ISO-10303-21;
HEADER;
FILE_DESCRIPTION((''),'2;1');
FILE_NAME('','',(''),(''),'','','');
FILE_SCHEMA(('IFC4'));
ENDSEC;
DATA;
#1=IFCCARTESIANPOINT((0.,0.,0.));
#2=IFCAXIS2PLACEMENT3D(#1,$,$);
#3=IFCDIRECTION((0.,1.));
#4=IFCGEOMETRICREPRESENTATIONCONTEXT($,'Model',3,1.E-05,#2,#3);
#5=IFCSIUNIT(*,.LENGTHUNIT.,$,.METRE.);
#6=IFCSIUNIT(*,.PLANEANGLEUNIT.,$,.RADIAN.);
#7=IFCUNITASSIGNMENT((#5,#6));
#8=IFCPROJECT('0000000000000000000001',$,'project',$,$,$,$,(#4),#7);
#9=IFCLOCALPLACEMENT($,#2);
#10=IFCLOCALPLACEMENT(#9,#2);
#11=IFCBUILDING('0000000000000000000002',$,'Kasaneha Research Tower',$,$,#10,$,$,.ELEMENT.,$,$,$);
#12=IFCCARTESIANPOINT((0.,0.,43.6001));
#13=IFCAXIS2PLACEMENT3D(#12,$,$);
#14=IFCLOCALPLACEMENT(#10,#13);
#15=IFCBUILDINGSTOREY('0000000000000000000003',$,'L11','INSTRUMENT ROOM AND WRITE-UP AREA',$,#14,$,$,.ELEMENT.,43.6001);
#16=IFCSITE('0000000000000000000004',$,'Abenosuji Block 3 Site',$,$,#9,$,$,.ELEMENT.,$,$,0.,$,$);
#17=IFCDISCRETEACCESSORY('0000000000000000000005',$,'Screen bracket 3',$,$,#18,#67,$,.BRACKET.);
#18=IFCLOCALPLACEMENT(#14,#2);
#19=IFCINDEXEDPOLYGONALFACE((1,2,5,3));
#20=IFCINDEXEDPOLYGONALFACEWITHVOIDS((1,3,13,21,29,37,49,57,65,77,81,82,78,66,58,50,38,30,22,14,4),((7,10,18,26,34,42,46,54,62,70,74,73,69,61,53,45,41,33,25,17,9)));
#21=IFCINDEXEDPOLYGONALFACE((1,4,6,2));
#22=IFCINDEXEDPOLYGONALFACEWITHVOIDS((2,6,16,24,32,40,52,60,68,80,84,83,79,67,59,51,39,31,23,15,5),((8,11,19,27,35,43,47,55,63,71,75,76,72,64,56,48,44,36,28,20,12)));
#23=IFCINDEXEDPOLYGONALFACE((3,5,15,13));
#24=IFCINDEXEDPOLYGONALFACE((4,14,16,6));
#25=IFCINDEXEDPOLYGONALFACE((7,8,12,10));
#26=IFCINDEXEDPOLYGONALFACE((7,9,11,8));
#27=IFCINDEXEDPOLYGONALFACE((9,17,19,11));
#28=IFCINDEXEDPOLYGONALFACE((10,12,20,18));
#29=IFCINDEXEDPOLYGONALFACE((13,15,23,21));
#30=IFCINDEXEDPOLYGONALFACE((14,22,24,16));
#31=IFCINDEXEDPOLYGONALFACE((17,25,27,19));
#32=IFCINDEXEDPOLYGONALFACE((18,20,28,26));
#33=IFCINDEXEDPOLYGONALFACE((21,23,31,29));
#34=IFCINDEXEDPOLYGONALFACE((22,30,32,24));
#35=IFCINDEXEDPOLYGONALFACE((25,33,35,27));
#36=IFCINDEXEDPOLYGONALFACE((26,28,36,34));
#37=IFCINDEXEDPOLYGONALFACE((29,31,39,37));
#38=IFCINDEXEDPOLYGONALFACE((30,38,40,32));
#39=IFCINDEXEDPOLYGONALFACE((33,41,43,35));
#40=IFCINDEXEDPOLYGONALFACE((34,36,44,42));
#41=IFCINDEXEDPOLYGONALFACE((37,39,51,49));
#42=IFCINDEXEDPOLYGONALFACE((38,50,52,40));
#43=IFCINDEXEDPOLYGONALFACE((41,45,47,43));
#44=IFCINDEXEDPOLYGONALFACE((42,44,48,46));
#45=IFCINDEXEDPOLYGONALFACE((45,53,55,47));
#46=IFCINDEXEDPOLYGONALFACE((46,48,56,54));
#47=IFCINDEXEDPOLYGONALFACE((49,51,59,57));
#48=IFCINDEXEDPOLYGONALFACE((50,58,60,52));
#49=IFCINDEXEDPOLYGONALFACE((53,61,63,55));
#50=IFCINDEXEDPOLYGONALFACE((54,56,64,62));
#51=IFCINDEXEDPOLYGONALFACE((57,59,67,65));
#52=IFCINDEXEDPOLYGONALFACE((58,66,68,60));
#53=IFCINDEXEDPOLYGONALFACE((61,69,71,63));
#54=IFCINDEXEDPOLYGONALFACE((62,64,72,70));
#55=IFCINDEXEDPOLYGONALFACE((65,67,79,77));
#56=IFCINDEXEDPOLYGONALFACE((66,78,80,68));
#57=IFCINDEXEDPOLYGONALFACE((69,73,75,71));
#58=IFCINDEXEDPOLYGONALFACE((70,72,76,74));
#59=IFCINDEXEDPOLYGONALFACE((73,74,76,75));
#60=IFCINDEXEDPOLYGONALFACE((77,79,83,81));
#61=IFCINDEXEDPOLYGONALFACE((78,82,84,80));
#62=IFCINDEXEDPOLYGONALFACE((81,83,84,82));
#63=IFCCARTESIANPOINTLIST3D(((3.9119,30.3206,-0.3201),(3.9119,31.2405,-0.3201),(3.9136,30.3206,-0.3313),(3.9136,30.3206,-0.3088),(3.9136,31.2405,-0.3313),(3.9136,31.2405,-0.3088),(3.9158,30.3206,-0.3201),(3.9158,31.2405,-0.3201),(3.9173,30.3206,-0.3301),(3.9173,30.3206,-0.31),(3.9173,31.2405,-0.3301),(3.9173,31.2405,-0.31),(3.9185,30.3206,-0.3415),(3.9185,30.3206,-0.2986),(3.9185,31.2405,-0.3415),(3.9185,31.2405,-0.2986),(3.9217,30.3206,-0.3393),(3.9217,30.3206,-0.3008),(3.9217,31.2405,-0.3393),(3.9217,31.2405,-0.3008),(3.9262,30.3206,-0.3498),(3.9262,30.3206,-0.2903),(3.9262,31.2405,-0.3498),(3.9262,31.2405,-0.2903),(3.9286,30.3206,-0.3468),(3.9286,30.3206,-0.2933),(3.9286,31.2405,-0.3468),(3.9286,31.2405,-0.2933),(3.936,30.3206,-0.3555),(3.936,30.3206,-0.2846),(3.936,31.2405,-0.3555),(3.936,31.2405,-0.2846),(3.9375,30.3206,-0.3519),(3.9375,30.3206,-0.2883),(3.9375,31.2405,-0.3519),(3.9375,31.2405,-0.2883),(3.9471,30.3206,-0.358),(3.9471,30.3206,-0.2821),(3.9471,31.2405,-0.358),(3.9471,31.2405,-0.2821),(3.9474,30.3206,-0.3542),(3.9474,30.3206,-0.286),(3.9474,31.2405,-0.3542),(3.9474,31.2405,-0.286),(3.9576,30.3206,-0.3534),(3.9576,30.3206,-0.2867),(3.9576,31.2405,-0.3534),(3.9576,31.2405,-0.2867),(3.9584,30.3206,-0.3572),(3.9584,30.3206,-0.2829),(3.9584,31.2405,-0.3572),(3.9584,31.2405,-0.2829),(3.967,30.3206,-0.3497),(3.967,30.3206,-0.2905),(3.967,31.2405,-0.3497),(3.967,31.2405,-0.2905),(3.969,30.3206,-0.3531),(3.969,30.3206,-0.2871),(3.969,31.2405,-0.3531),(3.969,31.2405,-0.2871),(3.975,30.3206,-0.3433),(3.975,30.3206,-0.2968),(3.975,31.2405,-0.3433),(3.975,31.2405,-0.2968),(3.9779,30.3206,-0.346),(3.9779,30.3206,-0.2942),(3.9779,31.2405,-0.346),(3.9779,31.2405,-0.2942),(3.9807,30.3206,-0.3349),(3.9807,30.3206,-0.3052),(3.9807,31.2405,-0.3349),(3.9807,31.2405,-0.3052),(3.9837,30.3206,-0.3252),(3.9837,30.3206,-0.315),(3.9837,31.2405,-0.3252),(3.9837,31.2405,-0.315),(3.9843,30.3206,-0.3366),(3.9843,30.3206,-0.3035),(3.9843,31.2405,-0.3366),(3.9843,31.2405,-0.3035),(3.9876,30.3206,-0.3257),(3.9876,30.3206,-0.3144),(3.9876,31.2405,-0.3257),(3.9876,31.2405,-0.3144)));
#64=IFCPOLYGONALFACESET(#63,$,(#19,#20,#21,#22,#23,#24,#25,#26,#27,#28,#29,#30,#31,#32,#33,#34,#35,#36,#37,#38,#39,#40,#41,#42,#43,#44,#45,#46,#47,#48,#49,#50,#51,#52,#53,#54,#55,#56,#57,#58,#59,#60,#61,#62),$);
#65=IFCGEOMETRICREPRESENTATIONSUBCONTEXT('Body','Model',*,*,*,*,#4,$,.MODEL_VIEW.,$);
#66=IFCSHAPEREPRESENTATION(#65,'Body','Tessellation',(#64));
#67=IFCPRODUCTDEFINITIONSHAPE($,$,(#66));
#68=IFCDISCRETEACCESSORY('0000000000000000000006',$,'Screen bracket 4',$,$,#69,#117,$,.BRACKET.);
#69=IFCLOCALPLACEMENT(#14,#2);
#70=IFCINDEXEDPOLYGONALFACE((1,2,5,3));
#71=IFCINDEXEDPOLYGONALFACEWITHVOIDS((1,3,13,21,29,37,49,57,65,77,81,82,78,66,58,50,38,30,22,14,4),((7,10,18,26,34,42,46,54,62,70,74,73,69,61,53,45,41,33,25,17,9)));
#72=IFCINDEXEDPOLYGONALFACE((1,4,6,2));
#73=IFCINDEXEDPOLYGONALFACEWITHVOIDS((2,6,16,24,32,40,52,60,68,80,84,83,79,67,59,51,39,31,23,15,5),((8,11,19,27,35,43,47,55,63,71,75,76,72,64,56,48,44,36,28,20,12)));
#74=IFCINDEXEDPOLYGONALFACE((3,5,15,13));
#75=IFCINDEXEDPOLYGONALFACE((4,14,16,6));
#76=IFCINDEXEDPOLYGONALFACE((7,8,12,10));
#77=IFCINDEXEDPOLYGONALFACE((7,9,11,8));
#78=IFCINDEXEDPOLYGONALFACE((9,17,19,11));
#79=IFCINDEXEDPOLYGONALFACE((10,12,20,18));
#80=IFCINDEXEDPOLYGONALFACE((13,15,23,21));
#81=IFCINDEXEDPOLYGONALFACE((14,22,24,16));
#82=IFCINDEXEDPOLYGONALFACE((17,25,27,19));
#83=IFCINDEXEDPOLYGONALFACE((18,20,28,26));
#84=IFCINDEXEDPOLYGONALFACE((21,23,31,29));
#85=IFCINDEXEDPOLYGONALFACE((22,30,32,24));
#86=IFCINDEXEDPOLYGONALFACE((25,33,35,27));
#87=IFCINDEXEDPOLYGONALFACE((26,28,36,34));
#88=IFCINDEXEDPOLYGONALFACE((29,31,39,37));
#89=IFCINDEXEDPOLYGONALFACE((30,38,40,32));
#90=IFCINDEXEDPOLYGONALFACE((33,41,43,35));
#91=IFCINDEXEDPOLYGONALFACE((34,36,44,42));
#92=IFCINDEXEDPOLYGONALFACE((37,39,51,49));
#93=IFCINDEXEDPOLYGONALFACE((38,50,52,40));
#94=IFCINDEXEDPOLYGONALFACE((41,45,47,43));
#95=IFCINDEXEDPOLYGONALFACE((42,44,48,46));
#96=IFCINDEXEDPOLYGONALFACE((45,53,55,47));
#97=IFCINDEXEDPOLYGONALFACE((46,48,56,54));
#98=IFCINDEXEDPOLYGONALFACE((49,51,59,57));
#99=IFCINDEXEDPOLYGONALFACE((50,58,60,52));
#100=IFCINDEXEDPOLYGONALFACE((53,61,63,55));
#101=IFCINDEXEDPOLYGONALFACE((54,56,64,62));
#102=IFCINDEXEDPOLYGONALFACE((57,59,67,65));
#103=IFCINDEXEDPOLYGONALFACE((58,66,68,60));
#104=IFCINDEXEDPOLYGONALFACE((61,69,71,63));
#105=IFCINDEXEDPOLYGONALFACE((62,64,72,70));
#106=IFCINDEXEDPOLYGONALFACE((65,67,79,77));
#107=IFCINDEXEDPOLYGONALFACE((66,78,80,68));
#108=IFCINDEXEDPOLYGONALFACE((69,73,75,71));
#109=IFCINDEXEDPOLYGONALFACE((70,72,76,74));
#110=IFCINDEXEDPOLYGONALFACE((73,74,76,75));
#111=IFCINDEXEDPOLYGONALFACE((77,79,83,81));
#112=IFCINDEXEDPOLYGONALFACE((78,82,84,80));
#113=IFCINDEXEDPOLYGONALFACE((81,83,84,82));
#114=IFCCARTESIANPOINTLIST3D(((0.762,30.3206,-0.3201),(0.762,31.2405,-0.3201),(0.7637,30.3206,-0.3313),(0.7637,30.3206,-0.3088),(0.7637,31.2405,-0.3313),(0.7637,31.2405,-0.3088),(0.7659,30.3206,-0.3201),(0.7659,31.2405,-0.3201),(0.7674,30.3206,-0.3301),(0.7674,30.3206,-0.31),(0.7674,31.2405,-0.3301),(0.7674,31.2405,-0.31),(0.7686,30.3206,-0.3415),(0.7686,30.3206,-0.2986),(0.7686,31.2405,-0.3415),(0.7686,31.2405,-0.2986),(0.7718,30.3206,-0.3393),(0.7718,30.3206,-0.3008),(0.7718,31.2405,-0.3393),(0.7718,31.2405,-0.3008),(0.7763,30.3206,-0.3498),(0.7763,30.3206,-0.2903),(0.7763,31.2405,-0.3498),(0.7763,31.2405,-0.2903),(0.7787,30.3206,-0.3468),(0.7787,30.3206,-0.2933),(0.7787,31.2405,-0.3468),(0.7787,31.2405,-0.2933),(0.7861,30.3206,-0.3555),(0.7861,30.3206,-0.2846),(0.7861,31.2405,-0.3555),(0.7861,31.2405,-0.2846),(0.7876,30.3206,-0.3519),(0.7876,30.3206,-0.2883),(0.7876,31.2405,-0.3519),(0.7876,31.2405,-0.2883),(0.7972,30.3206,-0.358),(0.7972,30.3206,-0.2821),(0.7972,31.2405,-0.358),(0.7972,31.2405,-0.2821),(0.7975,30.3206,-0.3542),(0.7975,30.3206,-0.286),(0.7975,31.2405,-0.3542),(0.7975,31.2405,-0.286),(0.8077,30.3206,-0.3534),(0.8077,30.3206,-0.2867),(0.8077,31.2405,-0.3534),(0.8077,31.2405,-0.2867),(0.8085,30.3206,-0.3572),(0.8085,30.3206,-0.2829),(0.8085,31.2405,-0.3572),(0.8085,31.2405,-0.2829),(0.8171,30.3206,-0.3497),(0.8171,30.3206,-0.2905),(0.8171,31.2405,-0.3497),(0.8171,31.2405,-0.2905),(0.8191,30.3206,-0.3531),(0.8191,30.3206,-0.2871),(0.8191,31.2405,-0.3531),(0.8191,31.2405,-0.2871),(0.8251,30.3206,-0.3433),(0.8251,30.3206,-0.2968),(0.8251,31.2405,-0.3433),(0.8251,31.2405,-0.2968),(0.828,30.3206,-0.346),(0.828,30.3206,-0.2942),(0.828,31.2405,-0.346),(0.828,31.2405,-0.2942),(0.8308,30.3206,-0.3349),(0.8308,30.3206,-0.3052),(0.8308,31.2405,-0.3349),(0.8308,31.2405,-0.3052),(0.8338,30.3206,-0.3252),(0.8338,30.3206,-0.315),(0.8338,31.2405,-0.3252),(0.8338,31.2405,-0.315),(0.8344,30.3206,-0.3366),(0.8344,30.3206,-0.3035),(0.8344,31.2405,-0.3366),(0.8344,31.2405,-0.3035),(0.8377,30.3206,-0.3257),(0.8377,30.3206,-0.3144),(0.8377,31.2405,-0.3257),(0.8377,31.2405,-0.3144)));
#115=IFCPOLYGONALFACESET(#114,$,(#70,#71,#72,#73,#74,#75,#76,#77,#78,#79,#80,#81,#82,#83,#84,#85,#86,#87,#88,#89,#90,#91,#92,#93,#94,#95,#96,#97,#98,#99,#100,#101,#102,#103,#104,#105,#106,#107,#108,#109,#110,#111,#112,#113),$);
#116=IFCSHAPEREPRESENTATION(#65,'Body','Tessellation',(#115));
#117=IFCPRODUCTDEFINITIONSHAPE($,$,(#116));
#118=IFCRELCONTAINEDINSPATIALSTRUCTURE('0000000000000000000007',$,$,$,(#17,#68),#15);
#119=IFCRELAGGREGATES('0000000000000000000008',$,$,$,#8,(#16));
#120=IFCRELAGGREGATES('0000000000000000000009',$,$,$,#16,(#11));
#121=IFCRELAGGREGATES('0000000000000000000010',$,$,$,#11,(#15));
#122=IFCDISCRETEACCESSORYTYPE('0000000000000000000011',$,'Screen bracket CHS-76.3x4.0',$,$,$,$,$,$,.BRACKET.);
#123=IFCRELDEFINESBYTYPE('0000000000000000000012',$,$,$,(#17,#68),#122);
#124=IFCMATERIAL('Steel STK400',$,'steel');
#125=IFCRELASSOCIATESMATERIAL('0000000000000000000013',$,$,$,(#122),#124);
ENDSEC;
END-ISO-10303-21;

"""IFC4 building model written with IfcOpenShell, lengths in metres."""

from ifc_helpers import new_model, si_unit, direction, frame, origin, origin_2d, place, context, subcontext, project, spatial, hollow_circle, extrude, material, material_profile, profile_set, type_object, element, save


model = new_model("IFC4")

# Units and contexts
model_context = context("Model", 3, precision=1e-05, world=origin(), true_north=direction((0.0, 1.0)))
body_context = subcontext(model_context, "Body", "Model", "MODEL_VIEW")
ifc_project = project(units=[si_unit("LENGTHUNIT", "METRE"), si_unit("PLANEANGLEUNIT", "RADIAN")], contexts=[model_context])

# Site, building, storey
site_placement = place(None, origin())
site = spatial("IfcSite", under=ifc_project, at=site_placement, Name="Abenosuji Block 3 Site", CompositionType="ELEMENT", RefElevation=0.0)
building_placement = place(site_placement, origin())
building = spatial("IfcBuilding", under=site, at=building_placement, Name="Kasaneha Research Tower", CompositionType="ELEMENT")
storey_placement = place(building_placement, frame((0.0, 0.0, 43.6001)))
storey = spatial("IfcBuildingStorey", under=building, at=storey_placement, Name="L11", Description="INSTRUMENT ROOM AND WRITE-UP AREA", CompositionType="ELEMENT", Elevation=43.6001)

# Discrete accessories
ifc_material_1 = material(Name="Steel STK400", Category="steel")
ifc_material_profile_1 = material_profile(ifc_material_1, hollow_circle(Radius=0.0381, WallThickness=0.0039, at=origin_2d()), Name="CHS-76.3x4.0")
ifc_profile_set_1 = profile_set([ifc_material_profile_1], Name="Steel STK400")
discrete_accessory_type = type_object("IfcDiscreteAccessoryType", Name="Screen bracket CHS-76.3x4.0", PredefinedType="BRACKET", material=ifc_profile_set_1)
for number, where, z_axis, x_axis, name in (
    (1, (3.95, 30.3206, -0.3201), (0.0, 1.0, 0.0), (-1.0, 0.0, 0.0), "Screen bracket 3"),
    (2, (0.8, 30.3206, -0.3201), (0.0, 1.0, 0.0), (-1.0, 0.0, 0.0), "Screen bracket 4"),
):
    element("IfcDiscreteAccessory", number, at=place(storey_placement, frame(where, z_axis=z_axis, x_axis=x_axis)), inside=storey, type_object=discrete_accessory_type, Name=name, PredefinedType="BRACKET", context=body_context, shape_type="SweptSolid", body=[
        extrude(hollow_circle(Radius=0.0381, WallThickness=0.0039, at=origin_2d()), origin(), (0.0, 0.0, 1.0), 0.9199),
    ])

save(model, "model.ifc")
